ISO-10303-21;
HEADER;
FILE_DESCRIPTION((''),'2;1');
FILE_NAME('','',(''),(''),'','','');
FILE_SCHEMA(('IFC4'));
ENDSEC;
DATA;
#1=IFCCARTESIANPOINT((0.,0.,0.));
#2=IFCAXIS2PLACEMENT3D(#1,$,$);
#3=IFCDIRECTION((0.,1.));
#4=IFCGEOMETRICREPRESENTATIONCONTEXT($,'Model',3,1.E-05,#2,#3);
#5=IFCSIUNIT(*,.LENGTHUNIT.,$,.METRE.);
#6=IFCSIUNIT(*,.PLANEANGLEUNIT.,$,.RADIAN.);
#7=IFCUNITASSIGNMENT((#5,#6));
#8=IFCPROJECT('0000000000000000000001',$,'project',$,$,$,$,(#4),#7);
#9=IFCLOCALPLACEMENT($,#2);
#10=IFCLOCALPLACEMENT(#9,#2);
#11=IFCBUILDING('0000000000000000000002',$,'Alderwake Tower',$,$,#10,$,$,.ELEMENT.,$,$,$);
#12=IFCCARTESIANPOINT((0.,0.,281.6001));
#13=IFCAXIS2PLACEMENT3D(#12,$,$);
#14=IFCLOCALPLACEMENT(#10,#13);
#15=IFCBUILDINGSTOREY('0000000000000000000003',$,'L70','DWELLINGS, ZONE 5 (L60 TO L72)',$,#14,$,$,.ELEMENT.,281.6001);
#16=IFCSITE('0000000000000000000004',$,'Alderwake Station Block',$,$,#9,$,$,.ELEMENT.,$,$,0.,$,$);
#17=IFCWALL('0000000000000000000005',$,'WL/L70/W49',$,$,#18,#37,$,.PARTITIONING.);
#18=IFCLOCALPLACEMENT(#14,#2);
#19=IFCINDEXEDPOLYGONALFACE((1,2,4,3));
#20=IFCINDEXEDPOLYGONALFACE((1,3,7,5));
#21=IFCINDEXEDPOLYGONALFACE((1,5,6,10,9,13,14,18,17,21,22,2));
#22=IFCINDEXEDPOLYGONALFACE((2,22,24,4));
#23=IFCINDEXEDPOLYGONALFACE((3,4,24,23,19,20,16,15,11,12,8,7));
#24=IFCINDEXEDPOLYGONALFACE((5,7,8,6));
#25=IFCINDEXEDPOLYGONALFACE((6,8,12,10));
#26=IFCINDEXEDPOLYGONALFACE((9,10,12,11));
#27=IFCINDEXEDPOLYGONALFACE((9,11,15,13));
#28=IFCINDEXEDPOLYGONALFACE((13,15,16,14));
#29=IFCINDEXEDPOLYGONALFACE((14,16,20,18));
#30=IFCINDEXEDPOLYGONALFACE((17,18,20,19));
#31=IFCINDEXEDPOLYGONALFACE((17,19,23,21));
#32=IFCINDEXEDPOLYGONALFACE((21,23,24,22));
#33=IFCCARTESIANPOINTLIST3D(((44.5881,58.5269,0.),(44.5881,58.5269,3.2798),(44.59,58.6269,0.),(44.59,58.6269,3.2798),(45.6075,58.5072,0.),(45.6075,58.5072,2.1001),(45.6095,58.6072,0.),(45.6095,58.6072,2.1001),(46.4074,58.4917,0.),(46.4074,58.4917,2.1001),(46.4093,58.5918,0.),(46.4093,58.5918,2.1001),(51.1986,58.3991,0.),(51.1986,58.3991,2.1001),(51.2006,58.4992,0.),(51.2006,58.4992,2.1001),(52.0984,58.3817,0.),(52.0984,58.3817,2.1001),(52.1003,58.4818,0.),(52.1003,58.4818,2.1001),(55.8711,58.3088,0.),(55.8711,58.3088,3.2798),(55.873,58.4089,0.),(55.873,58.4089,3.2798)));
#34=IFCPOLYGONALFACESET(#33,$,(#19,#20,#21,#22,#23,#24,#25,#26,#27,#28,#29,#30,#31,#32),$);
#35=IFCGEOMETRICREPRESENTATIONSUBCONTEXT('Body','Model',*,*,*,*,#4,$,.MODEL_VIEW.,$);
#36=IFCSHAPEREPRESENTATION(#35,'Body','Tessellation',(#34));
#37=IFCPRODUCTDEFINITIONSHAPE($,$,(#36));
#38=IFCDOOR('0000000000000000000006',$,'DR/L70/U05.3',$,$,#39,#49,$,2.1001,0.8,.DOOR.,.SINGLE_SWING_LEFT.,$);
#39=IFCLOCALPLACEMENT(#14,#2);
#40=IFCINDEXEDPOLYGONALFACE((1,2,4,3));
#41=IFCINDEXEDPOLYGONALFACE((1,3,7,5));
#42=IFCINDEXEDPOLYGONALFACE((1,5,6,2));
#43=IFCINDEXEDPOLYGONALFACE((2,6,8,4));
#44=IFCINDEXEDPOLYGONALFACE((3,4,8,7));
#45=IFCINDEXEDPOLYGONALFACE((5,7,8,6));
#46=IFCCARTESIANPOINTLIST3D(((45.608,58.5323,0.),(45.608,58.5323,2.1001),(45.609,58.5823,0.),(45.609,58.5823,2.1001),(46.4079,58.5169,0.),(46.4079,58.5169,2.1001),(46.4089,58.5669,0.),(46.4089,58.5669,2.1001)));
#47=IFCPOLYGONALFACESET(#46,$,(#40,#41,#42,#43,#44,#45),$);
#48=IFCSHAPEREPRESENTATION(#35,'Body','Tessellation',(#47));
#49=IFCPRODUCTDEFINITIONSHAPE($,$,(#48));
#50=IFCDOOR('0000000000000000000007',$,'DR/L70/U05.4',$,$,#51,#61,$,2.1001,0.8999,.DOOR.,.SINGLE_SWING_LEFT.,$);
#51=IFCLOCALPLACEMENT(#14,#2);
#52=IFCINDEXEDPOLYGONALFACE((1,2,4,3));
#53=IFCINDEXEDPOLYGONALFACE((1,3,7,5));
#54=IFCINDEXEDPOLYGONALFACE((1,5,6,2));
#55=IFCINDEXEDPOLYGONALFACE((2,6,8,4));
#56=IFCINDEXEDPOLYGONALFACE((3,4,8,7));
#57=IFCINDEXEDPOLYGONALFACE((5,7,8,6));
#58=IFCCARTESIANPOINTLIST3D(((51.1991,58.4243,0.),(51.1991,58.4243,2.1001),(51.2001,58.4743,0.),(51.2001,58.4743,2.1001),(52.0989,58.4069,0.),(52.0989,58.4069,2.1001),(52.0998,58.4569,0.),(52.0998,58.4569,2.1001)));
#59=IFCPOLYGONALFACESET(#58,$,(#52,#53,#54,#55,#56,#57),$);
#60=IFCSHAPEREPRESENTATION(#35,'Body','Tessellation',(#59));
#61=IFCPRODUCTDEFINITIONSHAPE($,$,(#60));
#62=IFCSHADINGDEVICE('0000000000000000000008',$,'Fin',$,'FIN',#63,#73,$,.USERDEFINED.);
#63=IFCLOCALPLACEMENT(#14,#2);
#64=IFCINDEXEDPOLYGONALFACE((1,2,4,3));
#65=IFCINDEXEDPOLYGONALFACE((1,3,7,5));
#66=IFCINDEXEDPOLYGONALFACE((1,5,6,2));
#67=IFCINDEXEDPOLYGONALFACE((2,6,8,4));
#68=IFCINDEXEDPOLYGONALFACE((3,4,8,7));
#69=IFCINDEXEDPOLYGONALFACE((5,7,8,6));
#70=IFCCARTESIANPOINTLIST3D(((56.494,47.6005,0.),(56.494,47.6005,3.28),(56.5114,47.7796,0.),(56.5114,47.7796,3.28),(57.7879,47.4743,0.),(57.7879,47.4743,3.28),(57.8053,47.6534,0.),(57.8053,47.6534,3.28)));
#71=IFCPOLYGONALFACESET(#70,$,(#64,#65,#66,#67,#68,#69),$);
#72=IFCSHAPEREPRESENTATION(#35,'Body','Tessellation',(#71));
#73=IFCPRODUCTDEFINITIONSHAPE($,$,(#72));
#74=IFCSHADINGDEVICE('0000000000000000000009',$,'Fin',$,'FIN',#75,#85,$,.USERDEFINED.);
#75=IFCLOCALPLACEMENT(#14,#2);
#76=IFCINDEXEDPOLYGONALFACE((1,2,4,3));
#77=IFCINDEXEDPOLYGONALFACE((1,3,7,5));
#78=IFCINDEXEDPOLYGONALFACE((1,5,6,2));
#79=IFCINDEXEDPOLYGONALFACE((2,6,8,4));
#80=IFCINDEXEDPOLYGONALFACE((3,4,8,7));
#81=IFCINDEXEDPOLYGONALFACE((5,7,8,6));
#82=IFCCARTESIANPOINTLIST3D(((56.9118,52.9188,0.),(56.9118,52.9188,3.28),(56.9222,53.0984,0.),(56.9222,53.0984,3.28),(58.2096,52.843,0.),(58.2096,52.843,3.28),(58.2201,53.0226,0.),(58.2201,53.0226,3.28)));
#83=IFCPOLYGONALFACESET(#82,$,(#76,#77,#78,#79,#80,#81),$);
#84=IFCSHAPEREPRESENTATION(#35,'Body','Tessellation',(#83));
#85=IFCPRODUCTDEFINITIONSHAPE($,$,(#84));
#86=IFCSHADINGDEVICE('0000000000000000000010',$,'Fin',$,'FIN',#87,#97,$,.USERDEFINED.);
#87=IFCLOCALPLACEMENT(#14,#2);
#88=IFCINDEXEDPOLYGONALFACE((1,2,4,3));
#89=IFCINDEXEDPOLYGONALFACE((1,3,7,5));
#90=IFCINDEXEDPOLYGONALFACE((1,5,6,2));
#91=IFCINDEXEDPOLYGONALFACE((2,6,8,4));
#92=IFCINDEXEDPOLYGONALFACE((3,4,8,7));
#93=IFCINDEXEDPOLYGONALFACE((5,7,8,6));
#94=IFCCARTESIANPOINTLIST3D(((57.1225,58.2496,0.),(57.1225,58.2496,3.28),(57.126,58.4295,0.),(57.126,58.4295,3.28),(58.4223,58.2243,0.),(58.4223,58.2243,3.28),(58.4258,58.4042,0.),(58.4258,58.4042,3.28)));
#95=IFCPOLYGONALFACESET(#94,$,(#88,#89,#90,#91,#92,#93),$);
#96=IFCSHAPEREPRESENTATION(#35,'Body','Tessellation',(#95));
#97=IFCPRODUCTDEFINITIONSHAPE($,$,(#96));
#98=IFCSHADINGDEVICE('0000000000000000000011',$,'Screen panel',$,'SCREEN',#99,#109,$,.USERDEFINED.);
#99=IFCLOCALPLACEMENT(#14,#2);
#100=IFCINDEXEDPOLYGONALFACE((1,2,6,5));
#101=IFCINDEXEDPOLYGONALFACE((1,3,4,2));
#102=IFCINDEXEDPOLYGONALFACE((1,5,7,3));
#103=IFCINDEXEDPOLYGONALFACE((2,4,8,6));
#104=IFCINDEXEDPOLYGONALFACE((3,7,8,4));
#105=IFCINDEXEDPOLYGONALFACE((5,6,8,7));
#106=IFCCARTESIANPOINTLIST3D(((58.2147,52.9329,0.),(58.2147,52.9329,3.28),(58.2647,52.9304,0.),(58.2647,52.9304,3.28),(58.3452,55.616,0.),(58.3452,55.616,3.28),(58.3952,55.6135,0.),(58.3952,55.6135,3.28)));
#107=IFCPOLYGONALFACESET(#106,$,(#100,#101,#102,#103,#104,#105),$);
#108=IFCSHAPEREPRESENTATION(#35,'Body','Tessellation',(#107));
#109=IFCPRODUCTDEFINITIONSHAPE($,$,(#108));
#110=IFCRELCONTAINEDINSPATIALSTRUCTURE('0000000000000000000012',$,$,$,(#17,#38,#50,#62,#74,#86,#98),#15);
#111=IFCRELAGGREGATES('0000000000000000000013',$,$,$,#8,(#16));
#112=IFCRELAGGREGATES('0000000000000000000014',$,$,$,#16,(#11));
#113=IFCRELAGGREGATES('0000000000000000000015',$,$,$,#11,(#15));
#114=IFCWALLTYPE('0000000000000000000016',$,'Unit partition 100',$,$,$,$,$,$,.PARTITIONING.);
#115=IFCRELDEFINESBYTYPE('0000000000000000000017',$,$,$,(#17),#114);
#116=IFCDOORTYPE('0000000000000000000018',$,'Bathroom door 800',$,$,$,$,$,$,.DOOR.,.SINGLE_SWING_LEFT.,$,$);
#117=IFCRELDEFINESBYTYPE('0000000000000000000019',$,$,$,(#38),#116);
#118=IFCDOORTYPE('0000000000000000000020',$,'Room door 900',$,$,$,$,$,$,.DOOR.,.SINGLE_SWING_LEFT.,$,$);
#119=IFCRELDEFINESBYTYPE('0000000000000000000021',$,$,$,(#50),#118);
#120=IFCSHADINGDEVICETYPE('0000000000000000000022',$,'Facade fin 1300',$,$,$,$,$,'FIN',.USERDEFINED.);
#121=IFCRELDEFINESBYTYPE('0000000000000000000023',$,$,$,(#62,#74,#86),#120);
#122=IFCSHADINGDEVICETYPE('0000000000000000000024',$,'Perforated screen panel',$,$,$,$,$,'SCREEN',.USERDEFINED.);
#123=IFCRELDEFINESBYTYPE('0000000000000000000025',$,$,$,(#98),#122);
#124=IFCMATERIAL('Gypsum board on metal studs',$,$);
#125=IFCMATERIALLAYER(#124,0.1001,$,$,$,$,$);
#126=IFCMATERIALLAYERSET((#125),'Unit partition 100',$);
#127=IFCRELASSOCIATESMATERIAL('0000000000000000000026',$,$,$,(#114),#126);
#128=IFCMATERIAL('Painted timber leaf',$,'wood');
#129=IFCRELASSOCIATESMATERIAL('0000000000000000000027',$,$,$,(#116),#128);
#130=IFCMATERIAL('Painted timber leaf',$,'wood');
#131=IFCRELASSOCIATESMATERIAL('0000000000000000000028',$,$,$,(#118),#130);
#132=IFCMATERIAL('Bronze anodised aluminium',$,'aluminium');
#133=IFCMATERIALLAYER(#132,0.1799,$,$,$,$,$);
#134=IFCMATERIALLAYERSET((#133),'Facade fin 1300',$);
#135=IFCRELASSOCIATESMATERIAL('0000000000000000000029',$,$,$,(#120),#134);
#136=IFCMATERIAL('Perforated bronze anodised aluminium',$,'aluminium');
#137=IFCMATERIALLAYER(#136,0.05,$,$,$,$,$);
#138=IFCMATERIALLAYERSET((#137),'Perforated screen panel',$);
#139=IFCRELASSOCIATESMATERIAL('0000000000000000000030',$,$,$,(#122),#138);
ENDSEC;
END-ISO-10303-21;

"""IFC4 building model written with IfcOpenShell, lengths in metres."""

from ifc_helpers import new_model, si_unit, direction, frame, frame_2d, origin, origin_2d, place, context, subcontext, project, spatial, rectangle, extrude, material, layer, layer_set, type_object, element, fill, save


model = new_model("IFC4")

# Units and contexts
model_context = context("Model", 3, precision=1e-05, world=origin(), true_north=direction((0.0, 1.0)))
body_context = subcontext(model_context, "Body", "Model", "MODEL_VIEW")
ifc_project = project(units=[si_unit("LENGTHUNIT", "METRE"), si_unit("PLANEANGLEUNIT", "RADIAN")], contexts=[model_context])

# Site, building, storey
site_placement = place(None, origin())
site = spatial("IfcSite", under=ifc_project, at=site_placement, Name="Alderwake Station Block", CompositionType="ELEMENT", RefElevation=0.0)
building_placement = place(site_placement, origin())
building = spatial("IfcBuilding", under=site, at=building_placement, Name="Alderwake Tower", CompositionType="ELEMENT")
storey_placement = place(building_placement, frame((0.0, 0.0, 281.6001)))
storey = spatial("IfcBuildingStorey", under=building, at=storey_placement, Name="L70", Description="DWELLINGS, ZONE 5 (L60 TO L72)", CompositionType="ELEMENT", Elevation=281.6001)

# Wall, openings, doors
ifc_material_1 = material(Name="Gypsum board on metal studs")
ifc_layer_1 = layer(ifc_material_1, 0.1001)
ifc_layer_set_1 = layer_set([ifc_layer_1], Name="Unit partition 100")
wall_type_1 = type_object("IfcWallType", Name="Unit partition 100", PredefinedType="PARTITIONING", material=ifc_layer_set_1)
ifc_material_2 = material(Name="Painted timber leaf", Category="wood")
door_type_1 = type_object("IfcDoorType", Name="Bathroom door 800", OperationType="SINGLE_SWING_LEFT", PredefinedType="DOOR", material=ifc_material_2)
ifc_material_3 = material(Name="Painted timber leaf", Category="wood")
door_type_2 = type_object("IfcDoorType", Name="Room door 900", OperationType="SINGLE_SWING_LEFT", PredefinedType="DOOR", material=ifc_material_3)
wall_1_placement = place(storey_placement, frame((55.8721, 58.3589, 0.0), z_axis=(0.0, 0.0, 1.0), x_axis=(-0.999813, 0.019319, 0.0)))
wall_1 = element("IfcWall", 1, at=wall_1_placement, inside=storey, type_object=wall_type_1, Name="WL/L70/W49", PredefinedType="PARTITIONING", context=body_context, shape_type="SweptSolid", body=[
    extrude(rectangle(XDim=11.2852, YDim=0.1001, at=frame_2d((5.6426, 0.0))), origin(), (0.0, 0.0, 1.0), 3.2798),
])
opening_1_placement = place(wall_1_placement, frame((9.4656, 0.0, 0.0)))
opening_1 = element("IfcOpeningElement", 2, at=opening_1_placement, cuts=wall_1, PredefinedType="OPENING", context=body_context, shape_type="SweptSolid", body=[
    extrude(rectangle(XDim=0.8, YDim=2.1001, at=frame_2d((0.3999, 1.05))), frame((0.0, 0.0601, 0.0), z_axis=(0.0, -1.0, 0.0), x_axis=(1.0, 0.0, 0.0)), (0.0, 0.0, 1.0), 0.1201),
])
opening_2_placement = place(wall_1_placement, frame((3.7734, 0.0, 0.0)))
opening_2 = element("IfcOpeningElement", 3, at=opening_2_placement, cuts=wall_1, PredefinedType="OPENING", context=body_context, shape_type="SweptSolid", body=[
    extrude(rectangle(XDim=0.8999, YDim=2.1001, at=frame_2d((0.45, 1.05))), frame((0.0, 0.0601, 0.0), z_axis=(0.0, -1.0, 0.0), x_axis=(1.0, 0.0, 0.0)), (0.0, 0.0, 1.0), 0.1201),
])
door_1_placement = place(opening_1_placement, origin())
door_1 = element("IfcDoor", 4, at=door_1_placement, inside=storey, type_object=door_type_1, Name="DR/L70/U05.3", OperationType="SINGLE_SWING_LEFT", OverallHeight=2.1001, OverallWidth=0.8, PredefinedType="DOOR", context=body_context, shape_type="SweptSolid", body=[
    extrude(rectangle(XDim=0.8, YDim=2.1001, at=frame_2d((0.3999, 1.05))), frame((0.0, 0.0249, 0.0), z_axis=(0.0, -1.0, 0.0), x_axis=(1.0, 0.0, 0.0)), (0.0, 0.0, 1.0), 0.05),
])
fill(opening_1, door_1)
door_2_placement = place(opening_2_placement, origin())
door_2 = element("IfcDoor", 5, at=door_2_placement, inside=storey, type_object=door_type_2, Name="DR/L70/U05.4", OperationType="SINGLE_SWING_LEFT", OverallHeight=2.1001, OverallWidth=0.8999, PredefinedType="DOOR", context=body_context, shape_type="SweptSolid", body=[
    extrude(rectangle(XDim=0.8999, YDim=2.1001, at=frame_2d((0.45, 1.05))), frame((0.0, 0.0249, 0.0), z_axis=(0.0, -1.0, 0.0), x_axis=(1.0, 0.0, 0.0)), (0.0, 0.0, 1.0), 0.05),
])
fill(opening_2, door_2)

# Shading devices
ifc_material_4 = material(Name="Bronze anodised aluminium", Category="aluminium")
ifc_layer_2 = layer(ifc_material_4, 0.1799)
ifc_layer_set_2 = layer_set([ifc_layer_2], Name="Facade fin 1300")
shading_device_type_1 = type_object("IfcShadingDeviceType", Name="Facade fin 1300", ElementType="FIN", PredefinedType="USERDEFINED", material=ifc_layer_set_2)
for number, where, z_axis, x_axis, name in (
    (6, (57.1497, 47.627, 0.0), (0.0, 0.0, 1.0), (0.99528, -0.097046, 0.0), "Fin"),
    (7, (57.5659, 52.9707, 0.0), (0.0, 0.0, 1.0), (0.998301, -0.058266, 0.0), "Fin"),
    (8, (57.7742, 58.3269, 0.0), (0.0, 0.0, 1.0), (0.999812, -0.019398, 0.0), "Fin"),
):
    element("IfcShadingDevice", number, at=place(storey_placement, frame(where, z_axis=z_axis, x_axis=x_axis)), inside=storey, type_object=shading_device_type_1, Name=name, ObjectType="FIN", PredefinedType="USERDEFINED", context=body_context, shape_type="SweptSolid", body=[
        extrude(rectangle(XDim=1.3, YDim=0.1799, at=origin_2d()), origin(), (0.0, 0.0, 1.0), 3.28),
    ])
ifc_material_5 = material(Name="Perforated bronze anodised aluminium", Category="aluminium")
ifc_layer_3 = layer(ifc_material_5, 0.05)
ifc_layer_set_3 = layer_set([ifc_layer_3], Name="Perforated screen panel")
shading_device_type_2 = type_object("IfcShadingDeviceType", Name="Perforated screen panel", ElementType="SCREEN", PredefinedType="USERDEFINED", material=ifc_layer_set_3)
shading_device_placement = place(storey_placement, frame((58.3049, 54.2732, 0.0), z_axis=(0.0, 0.0, 1.0), x_axis=(0.998819, -0.048581, 0.0)))
element("IfcShadingDevice", 9, at=shading_device_placement, inside=storey, type_object=shading_device_type_2, Name="Screen panel", ObjectType="SCREEN", PredefinedType="USERDEFINED", context=body_context, shape_type="SweptSolid", body=[
    extrude(rectangle(XDim=0.05, YDim=2.6863, at=origin_2d()), origin(), (0.0, 0.0, 1.0), 3.28),
])

save(model, "model.ifc")
